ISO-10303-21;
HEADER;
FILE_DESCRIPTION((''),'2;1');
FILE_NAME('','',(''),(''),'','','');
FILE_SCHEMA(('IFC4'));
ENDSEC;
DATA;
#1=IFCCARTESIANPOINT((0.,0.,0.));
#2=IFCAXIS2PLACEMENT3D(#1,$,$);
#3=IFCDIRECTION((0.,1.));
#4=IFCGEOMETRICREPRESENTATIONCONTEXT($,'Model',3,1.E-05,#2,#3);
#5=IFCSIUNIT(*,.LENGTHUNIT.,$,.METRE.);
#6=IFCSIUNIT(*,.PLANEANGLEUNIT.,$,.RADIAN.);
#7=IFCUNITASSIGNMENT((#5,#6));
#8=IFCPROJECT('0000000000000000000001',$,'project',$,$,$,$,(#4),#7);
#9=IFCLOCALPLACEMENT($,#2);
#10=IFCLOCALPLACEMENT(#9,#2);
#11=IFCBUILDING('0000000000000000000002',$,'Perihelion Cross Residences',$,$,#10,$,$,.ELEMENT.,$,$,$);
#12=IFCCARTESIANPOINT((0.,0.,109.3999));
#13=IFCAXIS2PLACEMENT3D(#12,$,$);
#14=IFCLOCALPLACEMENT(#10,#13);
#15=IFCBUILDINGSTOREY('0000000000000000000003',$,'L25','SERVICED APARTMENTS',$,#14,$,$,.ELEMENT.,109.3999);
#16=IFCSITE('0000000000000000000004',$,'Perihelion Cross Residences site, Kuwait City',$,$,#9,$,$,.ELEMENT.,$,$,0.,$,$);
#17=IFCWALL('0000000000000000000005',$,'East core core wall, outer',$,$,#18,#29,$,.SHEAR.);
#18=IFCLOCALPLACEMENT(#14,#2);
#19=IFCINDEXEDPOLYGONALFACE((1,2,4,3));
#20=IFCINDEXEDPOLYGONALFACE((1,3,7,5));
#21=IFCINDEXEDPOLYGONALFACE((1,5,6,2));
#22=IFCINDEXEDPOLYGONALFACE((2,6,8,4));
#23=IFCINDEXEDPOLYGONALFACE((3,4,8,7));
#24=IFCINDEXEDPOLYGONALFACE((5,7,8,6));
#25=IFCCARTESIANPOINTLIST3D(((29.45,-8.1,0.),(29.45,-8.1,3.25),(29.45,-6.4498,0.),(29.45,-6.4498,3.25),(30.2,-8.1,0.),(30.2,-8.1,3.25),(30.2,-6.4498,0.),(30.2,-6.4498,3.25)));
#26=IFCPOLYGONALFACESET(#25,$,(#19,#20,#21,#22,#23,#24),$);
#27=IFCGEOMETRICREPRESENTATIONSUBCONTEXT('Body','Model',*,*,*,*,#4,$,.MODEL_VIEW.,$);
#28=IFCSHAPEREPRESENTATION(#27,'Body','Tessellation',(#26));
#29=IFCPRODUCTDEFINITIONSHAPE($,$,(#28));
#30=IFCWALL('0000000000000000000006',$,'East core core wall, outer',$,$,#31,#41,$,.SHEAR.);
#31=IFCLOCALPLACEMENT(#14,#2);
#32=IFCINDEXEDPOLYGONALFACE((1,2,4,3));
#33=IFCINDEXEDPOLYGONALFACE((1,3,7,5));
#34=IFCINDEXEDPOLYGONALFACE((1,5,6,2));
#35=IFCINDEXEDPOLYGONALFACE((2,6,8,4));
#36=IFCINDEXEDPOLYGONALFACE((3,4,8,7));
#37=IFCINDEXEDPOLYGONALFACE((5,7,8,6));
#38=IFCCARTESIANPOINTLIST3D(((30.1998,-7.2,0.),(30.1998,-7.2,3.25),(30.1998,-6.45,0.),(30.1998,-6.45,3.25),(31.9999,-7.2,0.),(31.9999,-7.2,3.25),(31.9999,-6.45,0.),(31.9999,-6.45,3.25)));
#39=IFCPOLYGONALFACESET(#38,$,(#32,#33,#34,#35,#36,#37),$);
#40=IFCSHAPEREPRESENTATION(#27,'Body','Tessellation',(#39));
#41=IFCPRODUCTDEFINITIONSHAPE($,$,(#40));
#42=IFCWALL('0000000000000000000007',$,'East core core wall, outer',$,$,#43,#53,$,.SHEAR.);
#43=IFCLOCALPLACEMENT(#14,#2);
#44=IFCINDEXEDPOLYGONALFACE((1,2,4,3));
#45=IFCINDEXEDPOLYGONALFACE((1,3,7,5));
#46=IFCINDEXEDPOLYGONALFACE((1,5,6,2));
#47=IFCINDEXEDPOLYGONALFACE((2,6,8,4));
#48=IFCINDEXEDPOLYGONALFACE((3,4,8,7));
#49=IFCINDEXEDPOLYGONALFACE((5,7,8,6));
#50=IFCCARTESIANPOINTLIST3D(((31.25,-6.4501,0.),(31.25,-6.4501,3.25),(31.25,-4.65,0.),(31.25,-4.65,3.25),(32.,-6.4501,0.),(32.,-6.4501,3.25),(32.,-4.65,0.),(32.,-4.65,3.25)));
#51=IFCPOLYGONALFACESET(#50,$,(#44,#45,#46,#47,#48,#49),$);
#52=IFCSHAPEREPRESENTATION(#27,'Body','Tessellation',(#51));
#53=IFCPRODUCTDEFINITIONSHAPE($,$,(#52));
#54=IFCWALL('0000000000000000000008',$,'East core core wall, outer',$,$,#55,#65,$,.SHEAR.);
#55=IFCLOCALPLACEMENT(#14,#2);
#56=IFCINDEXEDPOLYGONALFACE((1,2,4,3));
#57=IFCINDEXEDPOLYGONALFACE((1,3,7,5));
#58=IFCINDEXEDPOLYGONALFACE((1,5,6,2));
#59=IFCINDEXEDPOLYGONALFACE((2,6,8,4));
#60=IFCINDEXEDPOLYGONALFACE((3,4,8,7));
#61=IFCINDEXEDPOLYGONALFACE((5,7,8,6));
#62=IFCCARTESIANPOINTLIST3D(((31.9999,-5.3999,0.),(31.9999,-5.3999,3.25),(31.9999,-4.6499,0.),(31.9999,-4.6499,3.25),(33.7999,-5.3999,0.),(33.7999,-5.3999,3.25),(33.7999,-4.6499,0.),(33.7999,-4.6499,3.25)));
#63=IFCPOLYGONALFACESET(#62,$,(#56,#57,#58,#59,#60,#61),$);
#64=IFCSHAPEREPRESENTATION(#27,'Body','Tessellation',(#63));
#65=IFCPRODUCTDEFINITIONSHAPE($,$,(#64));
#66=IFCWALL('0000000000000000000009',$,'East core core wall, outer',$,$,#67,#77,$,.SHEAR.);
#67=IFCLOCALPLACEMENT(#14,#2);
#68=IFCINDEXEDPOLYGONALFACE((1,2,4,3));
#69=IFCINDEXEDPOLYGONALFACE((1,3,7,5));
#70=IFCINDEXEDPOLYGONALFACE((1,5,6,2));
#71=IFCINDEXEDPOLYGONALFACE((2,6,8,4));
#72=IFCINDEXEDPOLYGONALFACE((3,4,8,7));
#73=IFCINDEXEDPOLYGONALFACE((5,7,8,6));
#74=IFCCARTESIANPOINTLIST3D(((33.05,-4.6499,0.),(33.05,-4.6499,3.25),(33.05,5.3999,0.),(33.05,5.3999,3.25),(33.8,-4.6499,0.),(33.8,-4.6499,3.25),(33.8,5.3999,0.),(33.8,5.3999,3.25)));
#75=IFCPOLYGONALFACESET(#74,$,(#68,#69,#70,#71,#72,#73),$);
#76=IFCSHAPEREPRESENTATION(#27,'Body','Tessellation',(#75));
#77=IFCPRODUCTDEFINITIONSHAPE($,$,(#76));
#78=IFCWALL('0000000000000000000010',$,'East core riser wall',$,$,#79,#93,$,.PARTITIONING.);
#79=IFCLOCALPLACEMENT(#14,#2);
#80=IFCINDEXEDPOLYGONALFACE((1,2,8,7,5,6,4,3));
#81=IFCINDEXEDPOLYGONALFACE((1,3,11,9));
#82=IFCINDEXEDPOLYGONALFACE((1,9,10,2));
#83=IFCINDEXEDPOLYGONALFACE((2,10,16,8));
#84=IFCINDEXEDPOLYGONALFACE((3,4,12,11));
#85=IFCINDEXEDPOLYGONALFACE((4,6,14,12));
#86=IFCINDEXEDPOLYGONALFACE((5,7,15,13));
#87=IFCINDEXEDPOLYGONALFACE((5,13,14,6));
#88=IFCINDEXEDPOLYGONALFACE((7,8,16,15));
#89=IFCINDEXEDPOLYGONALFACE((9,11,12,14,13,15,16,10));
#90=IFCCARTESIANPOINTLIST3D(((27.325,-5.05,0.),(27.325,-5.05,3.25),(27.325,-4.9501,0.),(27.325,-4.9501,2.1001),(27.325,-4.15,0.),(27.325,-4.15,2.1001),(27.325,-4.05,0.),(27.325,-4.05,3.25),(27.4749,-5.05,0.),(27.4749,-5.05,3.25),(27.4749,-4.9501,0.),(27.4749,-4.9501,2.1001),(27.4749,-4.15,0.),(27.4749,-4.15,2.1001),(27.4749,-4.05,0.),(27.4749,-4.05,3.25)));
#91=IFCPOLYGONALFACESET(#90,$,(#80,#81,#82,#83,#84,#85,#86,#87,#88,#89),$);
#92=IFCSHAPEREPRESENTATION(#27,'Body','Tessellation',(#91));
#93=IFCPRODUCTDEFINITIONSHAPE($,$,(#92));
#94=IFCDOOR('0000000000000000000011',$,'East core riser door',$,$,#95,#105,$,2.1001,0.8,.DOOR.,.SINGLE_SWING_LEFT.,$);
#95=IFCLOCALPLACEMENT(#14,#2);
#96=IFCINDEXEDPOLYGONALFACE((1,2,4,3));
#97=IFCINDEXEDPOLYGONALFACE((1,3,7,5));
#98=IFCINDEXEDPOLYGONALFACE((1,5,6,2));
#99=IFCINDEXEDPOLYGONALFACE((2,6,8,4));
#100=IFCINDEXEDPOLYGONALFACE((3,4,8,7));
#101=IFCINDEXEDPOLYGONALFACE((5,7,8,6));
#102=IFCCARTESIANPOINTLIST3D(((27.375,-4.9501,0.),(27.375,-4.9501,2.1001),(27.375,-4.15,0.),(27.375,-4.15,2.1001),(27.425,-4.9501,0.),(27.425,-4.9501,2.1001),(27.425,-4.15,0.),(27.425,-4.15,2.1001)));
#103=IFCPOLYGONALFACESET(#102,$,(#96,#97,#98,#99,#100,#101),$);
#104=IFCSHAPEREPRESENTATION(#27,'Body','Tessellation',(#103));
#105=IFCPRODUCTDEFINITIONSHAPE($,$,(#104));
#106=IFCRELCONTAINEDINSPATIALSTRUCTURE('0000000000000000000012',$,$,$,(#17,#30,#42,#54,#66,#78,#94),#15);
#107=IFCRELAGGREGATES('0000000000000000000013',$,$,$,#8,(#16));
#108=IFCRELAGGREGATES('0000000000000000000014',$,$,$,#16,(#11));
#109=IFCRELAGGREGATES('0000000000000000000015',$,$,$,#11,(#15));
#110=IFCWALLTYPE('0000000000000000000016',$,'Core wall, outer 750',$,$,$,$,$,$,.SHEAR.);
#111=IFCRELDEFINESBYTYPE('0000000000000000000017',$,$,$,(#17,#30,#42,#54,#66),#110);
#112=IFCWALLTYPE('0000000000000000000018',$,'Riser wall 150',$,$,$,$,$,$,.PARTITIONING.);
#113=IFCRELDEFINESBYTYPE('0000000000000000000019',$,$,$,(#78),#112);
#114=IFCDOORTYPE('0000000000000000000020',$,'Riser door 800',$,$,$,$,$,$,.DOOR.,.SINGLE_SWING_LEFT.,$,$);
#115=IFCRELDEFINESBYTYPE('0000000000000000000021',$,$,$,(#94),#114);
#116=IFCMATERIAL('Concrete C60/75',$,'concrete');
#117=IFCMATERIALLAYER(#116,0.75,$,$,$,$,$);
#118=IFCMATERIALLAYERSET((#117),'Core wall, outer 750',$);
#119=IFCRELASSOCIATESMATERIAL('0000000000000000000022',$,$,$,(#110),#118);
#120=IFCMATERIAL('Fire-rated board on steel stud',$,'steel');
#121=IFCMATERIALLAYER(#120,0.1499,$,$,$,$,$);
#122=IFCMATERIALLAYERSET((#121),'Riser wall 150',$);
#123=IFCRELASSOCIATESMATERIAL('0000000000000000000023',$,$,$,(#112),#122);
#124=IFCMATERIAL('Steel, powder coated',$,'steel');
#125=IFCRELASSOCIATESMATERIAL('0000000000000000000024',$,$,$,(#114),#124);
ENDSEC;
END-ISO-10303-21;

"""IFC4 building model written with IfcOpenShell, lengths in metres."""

from ifc_helpers import new_model, si_unit, direction, frame, frame_2d, origin, place, context, subcontext, project, spatial, rectangle, extrude, material, layer, layer_set, type_object, element, fill, save


model = new_model("IFC4")

# Units and contexts
model_context = context("Model", 3, precision=1e-05, world=origin(), true_north=direction((0.0, 1.0)))
body_context = subcontext(model_context, "Body", "Model", "MODEL_VIEW")
ifc_project = project(units=[si_unit("LENGTHUNIT", "METRE"), si_unit("PLANEANGLEUNIT", "RADIAN")], contexts=[model_context])

# Site, building, storey
site_placement = place(None, origin())
site = spatial("IfcSite", under=ifc_project, at=site_placement, Name="Perihelion Cross Residences site, Kuwait City", CompositionType="ELEMENT", RefElevation=0.0)
building_placement = place(site_placement, origin())
building = spatial("IfcBuilding", under=site, at=building_placement, Name="Perihelion Cross Residences", CompositionType="ELEMENT")
storey_placement = place(building_placement, frame((0.0, 0.0, 109.3999)))
storey = spatial("IfcBuildingStorey", under=building, at=storey_placement, Name="L25", Description="SERVICED APARTMENTS", CompositionType="ELEMENT", Elevation=109.3999)

# Walls
ifc_material_1 = material(Name="Concrete C60/75", Category="concrete")
ifc_layer_1 = layer(ifc_material_1, 0.75)
ifc_layer_set_1 = layer_set([ifc_layer_1], Name="Core wall, outer 750")
wall_type_1 = type_object("IfcWallType", Name="Core wall, outer 750", PredefinedType="SHEAR", material=ifc_layer_set_1)
wall_1_placement = place(storey_placement, frame((29.825, -8.1001, 0.0), z_axis=(0.0, 0.0, 1.0), x_axis=(0.0, 1.0, 0.0)))
element("IfcWall", 1, at=wall_1_placement, inside=storey, type_object=wall_type_1, Name="East core core wall, outer", PredefinedType="SHEAR", context=body_context, shape_type="SweptSolid", body=[
    extrude(rectangle(XDim=1.6501, YDim=0.75, at=frame_2d((0.8252, 0.0))), origin(), (0.0, 0.0, 1.0), 3.25),
])
for number, where, z_axis, x_axis, name in (
    (2, (30.2, -6.825, 0.0), (0.0, 0.0, 1.0), (1.0, 0.0, 0.0), "East core core wall, outer"),
    (3, (31.625, -6.45, 0.0), (0.0, 0.0, 1.0), (0.0, 1.0, 0.0), "East core core wall, outer"),
    (4, (32.0, -5.0249, 0.0), (0.0, 0.0, 1.0), (1.0, 0.0, 0.0), "East core core wall, outer"),
):
    element("IfcWall", number, at=place(storey_placement, frame(where, z_axis=z_axis, x_axis=x_axis)), inside=storey, type_object=wall_type_1, Name=name, PredefinedType="SHEAR", context=body_context, shape_type="SweptSolid", body=[
        extrude(rectangle(XDim=1.8, YDim=0.75, at=frame_2d((0.8999, 0.0))), origin(), (0.0, 0.0, 1.0), 3.25),
    ])
wall_2_placement = place(storey_placement, frame((33.425, -4.6499, 0.0), z_axis=(0.0, 0.0, 1.0), x_axis=(0.0, 1.0, 0.0)))
element("IfcWall", 5, at=wall_2_placement, inside=storey, type_object=wall_type_1, Name="East core core wall, outer", PredefinedType="SHEAR", context=body_context, shape_type="SweptSolid", body=[
    extrude(rectangle(XDim=10.0498, YDim=0.75, at=frame_2d((5.0249, 0.0))), origin(), (0.0, 0.0, 1.0), 3.25),
])

# Wall, opening, door
ifc_material_2 = material(Name="Fire-rated board on steel stud", Category="steel")
ifc_layer_2 = layer(ifc_material_2, 0.1499)
ifc_layer_set_2 = layer_set([ifc_layer_2], Name="Riser wall 150")
wall_type_2 = type_object("IfcWallType", Name="Riser wall 150", PredefinedType="PARTITIONING", material=ifc_layer_set_2)
wall_3_placement = place(storey_placement, frame((27.3999, -5.05, 0.0), z_axis=(0.0, 0.0, 1.0), x_axis=(0.0, 1.0, 0.0)))
wall_3 = element("IfcWall", 6, at=wall_3_placement, inside=storey, type_object=wall_type_2, Name="East core riser wall", PredefinedType="PARTITIONING", context=body_context, shape_type="SweptSolid", body=[
    extrude(rectangle(XDim=1.0, YDim=0.1499, at=frame_2d((0.5, 0.0))), origin(), (0.0, 0.0, 1.0), 3.25),
])
opening_1_placement = place(wall_3_placement, frame((0.1001, 0.0, 0.0)))
opening_1 = element("IfcOpeningElement", 7, at=opening_1_placement, cuts=wall_3, PredefinedType="OPENING", context=body_context, shape_type="SweptSolid", body=[
    extrude(rectangle(XDim=0.8, YDim=2.1001, at=frame_2d((0.3999, 1.05))), frame((0.0, 0.085, 0.0), z_axis=(0.0, -1.0, 0.0), x_axis=(1.0, 0.0, 0.0)), (0.0, 0.0, 1.0), 0.1699),
])
ifc_material_3 = material(Name="Steel, powder coated", Category="steel")
door_type_1 = type_object("IfcDoorType", Name="Riser door 800", OperationType="SINGLE_SWING_LEFT", PredefinedType="DOOR", material=ifc_material_3)
door_1_placement = place(opening_1_placement, origin())
door_1 = element("IfcDoor", 8, at=door_1_placement, inside=storey, type_object=door_type_1, Name="East core riser door", OperationType="SINGLE_SWING_LEFT", OverallHeight=2.1001, OverallWidth=0.8, PredefinedType="DOOR", context=body_context, shape_type="SweptSolid", body=[
    extrude(rectangle(XDim=0.8, YDim=2.1001, at=frame_2d((0.3999, 1.05))), frame((0.0, 0.0249, 0.0), z_axis=(0.0, -1.0, 0.0), x_axis=(1.0, 0.0, 0.0)), (0.0, 0.0, 1.0), 0.05),
])
fill(opening_1, door_1)

save(model, "model.ifc")
